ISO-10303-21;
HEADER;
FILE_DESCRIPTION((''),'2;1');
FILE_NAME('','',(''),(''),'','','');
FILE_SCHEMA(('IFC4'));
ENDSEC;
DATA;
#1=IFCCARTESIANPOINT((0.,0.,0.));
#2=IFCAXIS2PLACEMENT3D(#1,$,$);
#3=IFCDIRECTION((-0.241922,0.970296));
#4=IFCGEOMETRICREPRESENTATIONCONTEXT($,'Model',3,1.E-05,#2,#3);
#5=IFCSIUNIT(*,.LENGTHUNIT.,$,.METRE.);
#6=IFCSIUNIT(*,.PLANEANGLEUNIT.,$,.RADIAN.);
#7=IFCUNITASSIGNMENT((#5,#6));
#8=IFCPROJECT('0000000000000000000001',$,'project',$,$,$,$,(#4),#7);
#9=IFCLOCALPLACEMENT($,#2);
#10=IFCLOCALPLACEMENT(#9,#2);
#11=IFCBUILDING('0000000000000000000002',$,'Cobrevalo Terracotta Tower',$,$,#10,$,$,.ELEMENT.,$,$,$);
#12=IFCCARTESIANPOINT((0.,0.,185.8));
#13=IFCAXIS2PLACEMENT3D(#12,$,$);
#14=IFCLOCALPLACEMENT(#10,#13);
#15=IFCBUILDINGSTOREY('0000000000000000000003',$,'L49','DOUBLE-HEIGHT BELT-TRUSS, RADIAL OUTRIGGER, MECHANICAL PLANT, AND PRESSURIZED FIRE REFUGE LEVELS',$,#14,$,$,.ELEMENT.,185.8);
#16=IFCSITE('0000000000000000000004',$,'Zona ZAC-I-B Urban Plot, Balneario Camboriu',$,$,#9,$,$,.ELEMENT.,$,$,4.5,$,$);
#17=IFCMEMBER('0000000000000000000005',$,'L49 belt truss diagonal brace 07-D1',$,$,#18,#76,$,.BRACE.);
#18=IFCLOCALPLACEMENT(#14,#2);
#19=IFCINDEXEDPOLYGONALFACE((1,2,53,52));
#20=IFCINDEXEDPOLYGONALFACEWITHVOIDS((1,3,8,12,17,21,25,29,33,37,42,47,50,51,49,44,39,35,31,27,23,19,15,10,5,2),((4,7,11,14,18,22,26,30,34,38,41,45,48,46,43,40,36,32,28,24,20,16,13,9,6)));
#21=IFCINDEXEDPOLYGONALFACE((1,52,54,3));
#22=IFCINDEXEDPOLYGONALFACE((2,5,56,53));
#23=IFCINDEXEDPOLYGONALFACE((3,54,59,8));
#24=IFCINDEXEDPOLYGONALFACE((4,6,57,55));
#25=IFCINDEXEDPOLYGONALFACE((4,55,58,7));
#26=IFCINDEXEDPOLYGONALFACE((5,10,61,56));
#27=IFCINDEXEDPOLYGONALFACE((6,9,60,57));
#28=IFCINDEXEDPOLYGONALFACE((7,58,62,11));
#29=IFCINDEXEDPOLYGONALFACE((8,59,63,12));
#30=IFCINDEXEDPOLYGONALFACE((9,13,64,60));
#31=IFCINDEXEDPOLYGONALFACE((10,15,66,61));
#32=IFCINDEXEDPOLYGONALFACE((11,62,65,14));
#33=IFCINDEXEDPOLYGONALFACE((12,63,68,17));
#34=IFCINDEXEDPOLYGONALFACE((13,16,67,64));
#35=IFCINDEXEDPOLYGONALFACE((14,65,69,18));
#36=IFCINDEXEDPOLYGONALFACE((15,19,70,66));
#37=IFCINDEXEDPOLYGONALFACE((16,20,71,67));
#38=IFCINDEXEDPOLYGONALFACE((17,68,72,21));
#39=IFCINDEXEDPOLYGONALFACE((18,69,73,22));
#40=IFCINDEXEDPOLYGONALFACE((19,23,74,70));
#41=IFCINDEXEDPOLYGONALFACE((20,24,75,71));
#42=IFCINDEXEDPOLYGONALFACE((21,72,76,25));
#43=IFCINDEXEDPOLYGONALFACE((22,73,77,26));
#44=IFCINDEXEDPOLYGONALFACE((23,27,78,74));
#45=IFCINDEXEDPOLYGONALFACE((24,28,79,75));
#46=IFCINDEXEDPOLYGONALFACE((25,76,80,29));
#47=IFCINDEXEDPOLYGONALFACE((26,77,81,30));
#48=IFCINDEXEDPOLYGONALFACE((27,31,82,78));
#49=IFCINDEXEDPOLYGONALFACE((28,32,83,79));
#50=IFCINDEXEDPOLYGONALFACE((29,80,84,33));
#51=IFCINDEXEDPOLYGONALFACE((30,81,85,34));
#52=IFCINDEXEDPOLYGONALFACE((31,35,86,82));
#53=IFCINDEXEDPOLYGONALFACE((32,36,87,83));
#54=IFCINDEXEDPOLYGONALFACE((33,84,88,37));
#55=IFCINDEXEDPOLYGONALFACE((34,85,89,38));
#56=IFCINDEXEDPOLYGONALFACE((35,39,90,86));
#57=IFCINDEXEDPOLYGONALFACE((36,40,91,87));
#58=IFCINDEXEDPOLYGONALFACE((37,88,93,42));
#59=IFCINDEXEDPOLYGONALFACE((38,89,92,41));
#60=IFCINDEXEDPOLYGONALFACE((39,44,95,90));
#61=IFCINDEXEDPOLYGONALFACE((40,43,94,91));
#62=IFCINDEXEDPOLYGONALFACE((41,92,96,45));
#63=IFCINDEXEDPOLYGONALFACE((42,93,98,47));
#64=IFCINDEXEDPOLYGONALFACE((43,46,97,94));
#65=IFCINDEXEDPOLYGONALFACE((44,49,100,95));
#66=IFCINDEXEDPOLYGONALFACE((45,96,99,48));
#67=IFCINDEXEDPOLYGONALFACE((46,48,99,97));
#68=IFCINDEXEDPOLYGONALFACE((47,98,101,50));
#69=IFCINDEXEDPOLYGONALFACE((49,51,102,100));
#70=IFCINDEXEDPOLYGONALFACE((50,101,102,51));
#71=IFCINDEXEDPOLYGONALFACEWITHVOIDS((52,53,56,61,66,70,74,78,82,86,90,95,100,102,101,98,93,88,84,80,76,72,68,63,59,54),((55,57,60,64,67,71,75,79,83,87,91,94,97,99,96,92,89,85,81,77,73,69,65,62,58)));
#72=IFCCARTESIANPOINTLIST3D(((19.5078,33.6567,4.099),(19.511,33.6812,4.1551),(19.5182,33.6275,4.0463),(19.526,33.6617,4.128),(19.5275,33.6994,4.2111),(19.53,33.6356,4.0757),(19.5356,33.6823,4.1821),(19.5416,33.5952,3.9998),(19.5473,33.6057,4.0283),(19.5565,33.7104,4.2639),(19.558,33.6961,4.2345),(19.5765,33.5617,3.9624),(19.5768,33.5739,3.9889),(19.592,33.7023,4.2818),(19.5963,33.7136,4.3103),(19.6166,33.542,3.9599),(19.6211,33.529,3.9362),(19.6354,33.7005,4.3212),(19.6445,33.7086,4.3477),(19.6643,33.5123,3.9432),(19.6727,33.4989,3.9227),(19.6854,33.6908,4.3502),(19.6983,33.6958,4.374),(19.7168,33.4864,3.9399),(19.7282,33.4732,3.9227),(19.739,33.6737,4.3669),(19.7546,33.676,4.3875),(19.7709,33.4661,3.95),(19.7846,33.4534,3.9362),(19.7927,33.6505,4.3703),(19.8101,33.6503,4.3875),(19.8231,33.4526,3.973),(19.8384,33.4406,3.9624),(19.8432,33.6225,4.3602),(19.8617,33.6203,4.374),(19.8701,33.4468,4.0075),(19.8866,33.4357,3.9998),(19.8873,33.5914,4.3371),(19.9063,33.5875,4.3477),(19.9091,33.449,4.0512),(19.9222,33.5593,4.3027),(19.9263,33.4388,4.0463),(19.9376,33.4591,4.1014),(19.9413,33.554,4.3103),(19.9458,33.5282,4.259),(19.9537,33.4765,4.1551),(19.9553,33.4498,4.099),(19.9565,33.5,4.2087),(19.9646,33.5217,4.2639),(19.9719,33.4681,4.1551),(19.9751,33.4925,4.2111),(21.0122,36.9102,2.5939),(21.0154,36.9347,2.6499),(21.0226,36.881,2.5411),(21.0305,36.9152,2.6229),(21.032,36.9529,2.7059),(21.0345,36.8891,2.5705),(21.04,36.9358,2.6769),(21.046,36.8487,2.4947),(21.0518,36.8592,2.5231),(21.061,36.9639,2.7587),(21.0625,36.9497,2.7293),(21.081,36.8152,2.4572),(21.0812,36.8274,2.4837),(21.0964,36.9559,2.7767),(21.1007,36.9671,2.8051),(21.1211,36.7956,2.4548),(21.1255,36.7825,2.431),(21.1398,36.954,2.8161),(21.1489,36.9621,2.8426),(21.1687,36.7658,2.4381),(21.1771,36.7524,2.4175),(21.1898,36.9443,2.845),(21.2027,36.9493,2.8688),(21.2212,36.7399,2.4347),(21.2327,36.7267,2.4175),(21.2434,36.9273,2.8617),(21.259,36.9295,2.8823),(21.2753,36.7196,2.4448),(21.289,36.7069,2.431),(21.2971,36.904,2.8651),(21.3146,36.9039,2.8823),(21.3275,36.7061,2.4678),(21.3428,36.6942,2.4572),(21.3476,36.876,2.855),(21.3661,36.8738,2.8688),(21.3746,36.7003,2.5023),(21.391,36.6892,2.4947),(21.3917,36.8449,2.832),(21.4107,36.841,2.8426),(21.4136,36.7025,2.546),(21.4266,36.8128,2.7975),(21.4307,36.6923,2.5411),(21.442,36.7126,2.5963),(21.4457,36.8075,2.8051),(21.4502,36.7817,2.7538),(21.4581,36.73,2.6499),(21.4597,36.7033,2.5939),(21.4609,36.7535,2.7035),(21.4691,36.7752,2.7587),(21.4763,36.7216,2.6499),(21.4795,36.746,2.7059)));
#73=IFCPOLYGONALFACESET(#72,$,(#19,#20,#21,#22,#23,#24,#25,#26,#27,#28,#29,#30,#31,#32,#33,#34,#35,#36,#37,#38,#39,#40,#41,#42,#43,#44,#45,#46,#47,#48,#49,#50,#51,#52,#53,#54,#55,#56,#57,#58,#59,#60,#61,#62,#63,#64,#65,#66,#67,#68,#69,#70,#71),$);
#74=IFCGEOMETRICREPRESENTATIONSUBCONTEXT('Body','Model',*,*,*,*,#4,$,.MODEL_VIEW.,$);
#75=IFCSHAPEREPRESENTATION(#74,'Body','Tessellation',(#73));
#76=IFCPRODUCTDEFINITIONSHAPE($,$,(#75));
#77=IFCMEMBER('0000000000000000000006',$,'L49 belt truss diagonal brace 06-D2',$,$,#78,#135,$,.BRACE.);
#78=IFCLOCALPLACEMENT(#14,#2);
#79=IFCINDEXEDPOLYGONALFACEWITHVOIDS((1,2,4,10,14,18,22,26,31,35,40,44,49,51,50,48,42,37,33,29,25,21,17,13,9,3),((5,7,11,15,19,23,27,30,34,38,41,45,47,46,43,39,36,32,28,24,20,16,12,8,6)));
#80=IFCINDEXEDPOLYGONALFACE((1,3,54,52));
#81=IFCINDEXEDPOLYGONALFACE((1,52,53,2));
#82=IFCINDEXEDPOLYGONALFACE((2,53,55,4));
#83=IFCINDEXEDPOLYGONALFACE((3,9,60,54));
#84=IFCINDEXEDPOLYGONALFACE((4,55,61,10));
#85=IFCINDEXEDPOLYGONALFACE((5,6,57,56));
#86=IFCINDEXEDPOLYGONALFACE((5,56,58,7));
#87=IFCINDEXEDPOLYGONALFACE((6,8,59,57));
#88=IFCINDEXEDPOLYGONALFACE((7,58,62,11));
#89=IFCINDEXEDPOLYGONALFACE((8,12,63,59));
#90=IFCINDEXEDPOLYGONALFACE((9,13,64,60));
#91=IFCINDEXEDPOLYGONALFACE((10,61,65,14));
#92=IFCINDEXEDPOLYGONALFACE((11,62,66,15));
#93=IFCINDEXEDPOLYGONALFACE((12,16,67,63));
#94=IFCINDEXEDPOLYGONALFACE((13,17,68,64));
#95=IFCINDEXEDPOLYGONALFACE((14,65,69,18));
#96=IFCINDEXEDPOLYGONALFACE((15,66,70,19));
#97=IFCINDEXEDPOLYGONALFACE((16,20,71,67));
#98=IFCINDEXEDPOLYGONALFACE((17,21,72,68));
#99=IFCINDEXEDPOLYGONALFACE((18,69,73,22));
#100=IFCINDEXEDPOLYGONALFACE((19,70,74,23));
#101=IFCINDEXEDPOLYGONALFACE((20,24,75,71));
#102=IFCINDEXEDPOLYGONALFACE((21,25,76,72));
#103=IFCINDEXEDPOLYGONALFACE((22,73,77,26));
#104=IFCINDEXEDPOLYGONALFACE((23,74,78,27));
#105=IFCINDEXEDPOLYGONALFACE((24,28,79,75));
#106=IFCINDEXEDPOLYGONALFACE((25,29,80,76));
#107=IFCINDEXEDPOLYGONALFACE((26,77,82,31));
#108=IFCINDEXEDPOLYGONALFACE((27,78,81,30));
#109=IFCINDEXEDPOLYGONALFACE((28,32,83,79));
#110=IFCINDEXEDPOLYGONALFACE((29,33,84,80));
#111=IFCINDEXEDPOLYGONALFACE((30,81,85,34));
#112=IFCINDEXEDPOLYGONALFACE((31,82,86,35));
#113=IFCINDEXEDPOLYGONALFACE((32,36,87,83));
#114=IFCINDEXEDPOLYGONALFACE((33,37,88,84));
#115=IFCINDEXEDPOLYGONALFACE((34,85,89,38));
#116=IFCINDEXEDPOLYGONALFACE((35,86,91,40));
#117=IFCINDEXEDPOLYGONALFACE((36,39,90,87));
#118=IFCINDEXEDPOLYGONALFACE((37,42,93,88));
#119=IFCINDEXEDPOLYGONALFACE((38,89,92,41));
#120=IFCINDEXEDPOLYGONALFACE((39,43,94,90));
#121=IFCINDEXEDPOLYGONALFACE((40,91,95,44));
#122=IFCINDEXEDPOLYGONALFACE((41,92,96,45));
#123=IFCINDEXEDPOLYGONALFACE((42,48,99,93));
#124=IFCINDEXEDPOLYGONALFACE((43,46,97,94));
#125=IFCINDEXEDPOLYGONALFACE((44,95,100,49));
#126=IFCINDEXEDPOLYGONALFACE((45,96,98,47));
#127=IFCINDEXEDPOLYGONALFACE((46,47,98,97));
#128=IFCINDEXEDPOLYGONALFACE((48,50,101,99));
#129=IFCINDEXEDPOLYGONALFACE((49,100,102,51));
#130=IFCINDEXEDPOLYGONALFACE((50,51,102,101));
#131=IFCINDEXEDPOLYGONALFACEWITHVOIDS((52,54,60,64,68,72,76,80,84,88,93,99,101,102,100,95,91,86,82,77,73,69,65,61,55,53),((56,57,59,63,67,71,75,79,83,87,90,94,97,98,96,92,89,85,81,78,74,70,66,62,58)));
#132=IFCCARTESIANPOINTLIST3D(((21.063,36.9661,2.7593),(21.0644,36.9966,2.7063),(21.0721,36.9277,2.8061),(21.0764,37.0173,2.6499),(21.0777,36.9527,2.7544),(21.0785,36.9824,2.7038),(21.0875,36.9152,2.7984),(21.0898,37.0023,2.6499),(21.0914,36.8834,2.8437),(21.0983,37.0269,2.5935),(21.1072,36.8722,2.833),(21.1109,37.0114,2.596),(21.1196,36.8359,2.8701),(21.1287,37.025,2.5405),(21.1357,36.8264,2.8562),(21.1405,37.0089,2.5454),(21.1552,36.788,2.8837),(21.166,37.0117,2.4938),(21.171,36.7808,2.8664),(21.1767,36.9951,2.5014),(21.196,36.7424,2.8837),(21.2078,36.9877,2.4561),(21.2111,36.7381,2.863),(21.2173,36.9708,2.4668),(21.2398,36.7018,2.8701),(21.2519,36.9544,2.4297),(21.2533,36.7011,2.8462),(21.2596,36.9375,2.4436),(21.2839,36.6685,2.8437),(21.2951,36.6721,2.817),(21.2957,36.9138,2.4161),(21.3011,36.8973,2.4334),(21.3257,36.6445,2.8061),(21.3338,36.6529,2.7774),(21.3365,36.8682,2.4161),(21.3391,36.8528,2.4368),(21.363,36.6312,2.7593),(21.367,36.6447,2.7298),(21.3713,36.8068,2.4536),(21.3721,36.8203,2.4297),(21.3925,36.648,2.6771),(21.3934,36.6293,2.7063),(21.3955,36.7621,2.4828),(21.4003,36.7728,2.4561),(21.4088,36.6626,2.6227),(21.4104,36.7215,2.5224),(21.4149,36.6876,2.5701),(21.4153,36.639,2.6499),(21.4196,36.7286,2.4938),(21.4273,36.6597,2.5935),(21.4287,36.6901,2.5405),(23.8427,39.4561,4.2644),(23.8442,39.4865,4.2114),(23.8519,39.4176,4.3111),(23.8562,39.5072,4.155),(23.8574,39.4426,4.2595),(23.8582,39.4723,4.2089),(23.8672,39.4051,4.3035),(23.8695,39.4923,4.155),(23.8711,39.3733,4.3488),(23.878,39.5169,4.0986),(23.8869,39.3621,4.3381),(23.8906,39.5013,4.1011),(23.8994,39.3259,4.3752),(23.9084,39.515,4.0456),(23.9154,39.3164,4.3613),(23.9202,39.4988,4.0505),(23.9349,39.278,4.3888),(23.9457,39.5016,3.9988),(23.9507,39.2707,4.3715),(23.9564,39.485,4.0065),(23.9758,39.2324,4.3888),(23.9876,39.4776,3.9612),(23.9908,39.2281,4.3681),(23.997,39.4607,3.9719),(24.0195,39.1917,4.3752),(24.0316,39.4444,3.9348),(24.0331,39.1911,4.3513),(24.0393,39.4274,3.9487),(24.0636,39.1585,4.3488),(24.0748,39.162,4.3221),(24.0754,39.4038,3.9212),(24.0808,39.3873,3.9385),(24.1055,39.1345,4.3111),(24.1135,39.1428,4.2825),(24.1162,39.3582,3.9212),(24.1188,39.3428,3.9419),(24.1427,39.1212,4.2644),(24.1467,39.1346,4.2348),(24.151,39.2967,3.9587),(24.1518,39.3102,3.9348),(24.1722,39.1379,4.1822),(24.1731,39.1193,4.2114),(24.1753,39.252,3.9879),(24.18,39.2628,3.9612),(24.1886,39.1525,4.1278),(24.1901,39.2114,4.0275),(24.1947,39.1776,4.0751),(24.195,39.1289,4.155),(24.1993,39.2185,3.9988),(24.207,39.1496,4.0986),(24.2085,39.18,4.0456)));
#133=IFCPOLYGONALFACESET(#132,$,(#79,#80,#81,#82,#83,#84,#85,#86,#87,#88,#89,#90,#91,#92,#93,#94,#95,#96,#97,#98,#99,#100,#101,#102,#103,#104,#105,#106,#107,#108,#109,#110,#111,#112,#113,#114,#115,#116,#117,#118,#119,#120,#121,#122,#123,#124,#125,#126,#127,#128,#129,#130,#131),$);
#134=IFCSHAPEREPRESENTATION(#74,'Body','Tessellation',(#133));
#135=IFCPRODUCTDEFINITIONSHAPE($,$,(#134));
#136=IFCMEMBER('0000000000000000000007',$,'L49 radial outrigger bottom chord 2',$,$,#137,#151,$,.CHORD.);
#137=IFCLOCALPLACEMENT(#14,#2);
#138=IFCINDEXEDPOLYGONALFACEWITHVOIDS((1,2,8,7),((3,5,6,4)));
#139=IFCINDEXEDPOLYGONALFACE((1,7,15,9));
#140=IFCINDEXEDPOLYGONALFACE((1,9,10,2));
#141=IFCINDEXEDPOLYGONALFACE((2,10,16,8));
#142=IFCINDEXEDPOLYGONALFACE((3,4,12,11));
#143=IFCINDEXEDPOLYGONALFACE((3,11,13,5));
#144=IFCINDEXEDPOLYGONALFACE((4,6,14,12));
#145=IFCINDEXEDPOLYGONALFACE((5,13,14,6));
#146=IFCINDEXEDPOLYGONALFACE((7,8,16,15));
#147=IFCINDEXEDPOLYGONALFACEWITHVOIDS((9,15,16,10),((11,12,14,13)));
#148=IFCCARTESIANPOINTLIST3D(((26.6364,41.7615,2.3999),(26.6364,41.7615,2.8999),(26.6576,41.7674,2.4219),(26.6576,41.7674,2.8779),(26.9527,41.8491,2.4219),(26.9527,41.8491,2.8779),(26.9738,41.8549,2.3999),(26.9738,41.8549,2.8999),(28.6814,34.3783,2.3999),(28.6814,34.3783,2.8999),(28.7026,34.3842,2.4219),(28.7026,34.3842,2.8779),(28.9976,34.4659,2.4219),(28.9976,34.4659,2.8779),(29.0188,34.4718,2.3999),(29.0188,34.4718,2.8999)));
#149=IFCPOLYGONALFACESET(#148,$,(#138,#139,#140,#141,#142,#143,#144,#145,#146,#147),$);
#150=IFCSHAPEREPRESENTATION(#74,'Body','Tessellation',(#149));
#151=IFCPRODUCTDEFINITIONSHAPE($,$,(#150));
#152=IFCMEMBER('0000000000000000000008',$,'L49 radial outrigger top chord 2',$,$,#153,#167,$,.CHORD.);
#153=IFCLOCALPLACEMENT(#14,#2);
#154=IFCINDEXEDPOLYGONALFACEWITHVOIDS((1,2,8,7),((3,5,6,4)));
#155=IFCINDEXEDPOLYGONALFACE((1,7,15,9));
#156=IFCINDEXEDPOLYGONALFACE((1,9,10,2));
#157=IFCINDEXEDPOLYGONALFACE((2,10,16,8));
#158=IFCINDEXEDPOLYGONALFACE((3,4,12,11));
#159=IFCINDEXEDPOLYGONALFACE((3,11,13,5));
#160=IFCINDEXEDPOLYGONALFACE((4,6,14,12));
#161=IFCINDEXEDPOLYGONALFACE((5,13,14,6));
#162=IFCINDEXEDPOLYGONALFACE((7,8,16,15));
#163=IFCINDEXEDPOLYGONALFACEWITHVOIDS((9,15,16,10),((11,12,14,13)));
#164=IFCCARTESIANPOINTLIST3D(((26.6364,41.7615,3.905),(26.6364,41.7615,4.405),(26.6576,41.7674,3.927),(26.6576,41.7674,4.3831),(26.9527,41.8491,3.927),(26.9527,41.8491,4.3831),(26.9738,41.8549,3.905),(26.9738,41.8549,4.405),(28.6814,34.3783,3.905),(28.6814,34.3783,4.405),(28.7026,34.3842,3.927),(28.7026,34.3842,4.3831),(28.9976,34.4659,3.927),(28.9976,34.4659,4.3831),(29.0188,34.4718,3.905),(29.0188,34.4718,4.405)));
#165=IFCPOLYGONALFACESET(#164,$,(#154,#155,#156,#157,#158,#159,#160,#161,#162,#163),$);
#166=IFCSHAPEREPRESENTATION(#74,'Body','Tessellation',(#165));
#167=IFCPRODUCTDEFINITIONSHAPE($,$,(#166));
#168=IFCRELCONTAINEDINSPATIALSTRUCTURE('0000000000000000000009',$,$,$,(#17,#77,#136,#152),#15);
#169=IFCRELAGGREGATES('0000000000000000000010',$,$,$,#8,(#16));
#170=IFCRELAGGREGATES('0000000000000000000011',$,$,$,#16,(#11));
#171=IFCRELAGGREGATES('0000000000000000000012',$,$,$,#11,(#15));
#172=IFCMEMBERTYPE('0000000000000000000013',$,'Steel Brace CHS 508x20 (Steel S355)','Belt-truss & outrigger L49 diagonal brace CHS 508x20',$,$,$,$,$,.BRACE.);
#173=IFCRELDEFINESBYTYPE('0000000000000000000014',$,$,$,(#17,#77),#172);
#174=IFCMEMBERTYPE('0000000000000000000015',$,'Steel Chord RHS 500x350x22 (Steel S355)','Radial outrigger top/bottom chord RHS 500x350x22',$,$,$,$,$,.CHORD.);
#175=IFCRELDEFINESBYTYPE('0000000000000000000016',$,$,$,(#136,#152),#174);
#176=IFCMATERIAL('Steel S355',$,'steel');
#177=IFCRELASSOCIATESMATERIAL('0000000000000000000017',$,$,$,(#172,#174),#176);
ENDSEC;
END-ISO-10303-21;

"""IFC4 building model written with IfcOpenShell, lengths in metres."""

from ifc_helpers import new_model, si_unit, direction, frame, origin, origin_2d, place, context, subcontext, project, spatial, hollow_rectangle, hollow_circle, extrude, source, transform, mapped, material, material_profile, profile_set, type_object, element, save


model = new_model("IFC4")

# Units and contexts
model_context = context("Model", 3, precision=1e-05, world=origin(), true_north=direction((-0.241922, 0.970296)))
body_context = subcontext(model_context, "Body", "Model", "MODEL_VIEW")
ifc_project = project(units=[si_unit("LENGTHUNIT", "METRE"), si_unit("PLANEANGLEUNIT", "RADIAN")], contexts=[model_context])

# Site, building, storey
site_placement = place(None, origin())
site = spatial("IfcSite", under=ifc_project, at=site_placement, Name="Zona ZAC-I-B Urban Plot, Balneario Camboriu", CompositionType="ELEMENT", RefElevation=4.5)
building_placement = place(site_placement, origin())
building = spatial("IfcBuilding", under=site, at=building_placement, Name="Cobrevalo Terracotta Tower", CompositionType="ELEMENT")
storey_placement = place(building_placement, frame((0.0, 0.0, 185.8)))
storey = spatial("IfcBuildingStorey", under=building, at=storey_placement, Name="L49", Description="DOUBLE-HEIGHT BELT-TRUSS, RADIAL OUTRIGGER, MECHANICAL PLANT, AND PRESSURIZED FIRE REFUGE LEVELS", CompositionType="ELEMENT", Elevation=185.8)

# Shared definitions
ifc_material_1 = material(Name="Steel S355", Category="steel")

# Members
ifc_material_profile_1 = material_profile(ifc_material_1, hollow_circle(Radius=0.2539, WallThickness=0.02, at=origin_2d()), Name="CHS 508x20")
ifc_profile_set_1 = profile_set([ifc_material_profile_1], Name="Steel S355")
member_type_1 = type_object("IfcMemberType", Name="Steel Brace CHS 508x20 (Steel S355)", Description="Belt-truss & outrigger L49 diagonal brace CHS 508x20", PredefinedType="BRACE", material=ifc_profile_set_1)
shared_shape_1 = source(origin(), body_context, "Body", "SweptSolid", [
    extrude(hollow_circle(Radius=0.2539, WallThickness=0.02, at=origin_2d()), origin(), (0.0, 0.0, 1.0), 3.8877),
])
member_1_placement = place(storey_placement, frame((21.2458, 36.8281, 2.6499), z_axis=(-0.386974, -0.836873, 0.387162), x_axis=(0.90766, -0.419706, 0.0)))
element("IfcMember", 1, at=member_1_placement, inside=storey, type_object=member_type_1, Name="L49 belt truss diagonal brace 07-D1", PredefinedType="BRACE", context=body_context, shape_type="MappedRepresentation", body=[
    mapped(shared_shape_1, transform((0.0, 0.0, 0.0), scale=1.0)),
])
shared_shape_2 = source(origin(), body_context, "Body", "SweptSolid", [
    extrude(hollow_circle(Radius=0.2539, WallThickness=0.02, at=origin_2d()), origin(), (0.0, 0.0, 1.0), 4.0239),
])
member_2_placement = place(storey_placement, frame((21.2458, 36.8281, 2.6499), z_axis=(0.6908, 0.618783, 0.374036), x_axis=(-0.667214, 0.744866, 0.0)))
element("IfcMember", 2, at=member_2_placement, inside=storey, type_object=member_type_1, Name="L49 belt truss diagonal brace 06-D2", PredefinedType="BRACE", context=body_context, shape_type="MappedRepresentation", body=[
    mapped(shared_shape_2, transform((0.0, 0.0, 0.0), scale=1.0)),
])
ifc_material_profile_2 = material_profile(ifc_material_1, hollow_rectangle(XDim=0.3501, YDim=0.5, WallThickness=0.022, at=origin_2d()), Name="RHS 500x350x22")
ifc_profile_set_2 = profile_set([ifc_material_profile_2], Name="Steel S355")
member_type_2 = type_object("IfcMemberType", Name="Steel Chord RHS 500x350x22 (Steel S355)", Description="Radial outrigger top/bottom chord RHS 500x350x22", PredefinedType="CHORD", material=ifc_profile_set_2)
shared_shape_3 = source(origin(), body_context, "Body", "SweptSolid", [
    extrude(hollow_rectangle(XDim=0.3501, YDim=0.5, WallThickness=0.022, at=origin_2d()), origin(), (0.0, 0.0, 1.0), 7.6611),
])
for number, where, z_axis, x_axis, name in (
    (3, (28.8501, 34.425, 2.6499), (-0.266926, 0.963717, 0.0), (-0.963717, -0.266926, 0.0), "L49 radial outrigger bottom chord 2"),
    (4, (28.8501, 34.425, 4.155), (-0.266926, 0.963717, 0.0), (-0.963717, -0.266926, 0.0), "L49 radial outrigger top chord 2"),
):
    element("IfcMember", number, at=place(storey_placement, frame(where, z_axis=z_axis, x_axis=x_axis)), inside=storey, type_object=member_type_2, Name=name, PredefinedType="CHORD", context=body_context, shape_type="MappedRepresentation", body=[
        mapped(shared_shape_3, transform((0.0, 0.0, 0.0), scale=1.0)),
    ])

save(model, "model.ifc")
